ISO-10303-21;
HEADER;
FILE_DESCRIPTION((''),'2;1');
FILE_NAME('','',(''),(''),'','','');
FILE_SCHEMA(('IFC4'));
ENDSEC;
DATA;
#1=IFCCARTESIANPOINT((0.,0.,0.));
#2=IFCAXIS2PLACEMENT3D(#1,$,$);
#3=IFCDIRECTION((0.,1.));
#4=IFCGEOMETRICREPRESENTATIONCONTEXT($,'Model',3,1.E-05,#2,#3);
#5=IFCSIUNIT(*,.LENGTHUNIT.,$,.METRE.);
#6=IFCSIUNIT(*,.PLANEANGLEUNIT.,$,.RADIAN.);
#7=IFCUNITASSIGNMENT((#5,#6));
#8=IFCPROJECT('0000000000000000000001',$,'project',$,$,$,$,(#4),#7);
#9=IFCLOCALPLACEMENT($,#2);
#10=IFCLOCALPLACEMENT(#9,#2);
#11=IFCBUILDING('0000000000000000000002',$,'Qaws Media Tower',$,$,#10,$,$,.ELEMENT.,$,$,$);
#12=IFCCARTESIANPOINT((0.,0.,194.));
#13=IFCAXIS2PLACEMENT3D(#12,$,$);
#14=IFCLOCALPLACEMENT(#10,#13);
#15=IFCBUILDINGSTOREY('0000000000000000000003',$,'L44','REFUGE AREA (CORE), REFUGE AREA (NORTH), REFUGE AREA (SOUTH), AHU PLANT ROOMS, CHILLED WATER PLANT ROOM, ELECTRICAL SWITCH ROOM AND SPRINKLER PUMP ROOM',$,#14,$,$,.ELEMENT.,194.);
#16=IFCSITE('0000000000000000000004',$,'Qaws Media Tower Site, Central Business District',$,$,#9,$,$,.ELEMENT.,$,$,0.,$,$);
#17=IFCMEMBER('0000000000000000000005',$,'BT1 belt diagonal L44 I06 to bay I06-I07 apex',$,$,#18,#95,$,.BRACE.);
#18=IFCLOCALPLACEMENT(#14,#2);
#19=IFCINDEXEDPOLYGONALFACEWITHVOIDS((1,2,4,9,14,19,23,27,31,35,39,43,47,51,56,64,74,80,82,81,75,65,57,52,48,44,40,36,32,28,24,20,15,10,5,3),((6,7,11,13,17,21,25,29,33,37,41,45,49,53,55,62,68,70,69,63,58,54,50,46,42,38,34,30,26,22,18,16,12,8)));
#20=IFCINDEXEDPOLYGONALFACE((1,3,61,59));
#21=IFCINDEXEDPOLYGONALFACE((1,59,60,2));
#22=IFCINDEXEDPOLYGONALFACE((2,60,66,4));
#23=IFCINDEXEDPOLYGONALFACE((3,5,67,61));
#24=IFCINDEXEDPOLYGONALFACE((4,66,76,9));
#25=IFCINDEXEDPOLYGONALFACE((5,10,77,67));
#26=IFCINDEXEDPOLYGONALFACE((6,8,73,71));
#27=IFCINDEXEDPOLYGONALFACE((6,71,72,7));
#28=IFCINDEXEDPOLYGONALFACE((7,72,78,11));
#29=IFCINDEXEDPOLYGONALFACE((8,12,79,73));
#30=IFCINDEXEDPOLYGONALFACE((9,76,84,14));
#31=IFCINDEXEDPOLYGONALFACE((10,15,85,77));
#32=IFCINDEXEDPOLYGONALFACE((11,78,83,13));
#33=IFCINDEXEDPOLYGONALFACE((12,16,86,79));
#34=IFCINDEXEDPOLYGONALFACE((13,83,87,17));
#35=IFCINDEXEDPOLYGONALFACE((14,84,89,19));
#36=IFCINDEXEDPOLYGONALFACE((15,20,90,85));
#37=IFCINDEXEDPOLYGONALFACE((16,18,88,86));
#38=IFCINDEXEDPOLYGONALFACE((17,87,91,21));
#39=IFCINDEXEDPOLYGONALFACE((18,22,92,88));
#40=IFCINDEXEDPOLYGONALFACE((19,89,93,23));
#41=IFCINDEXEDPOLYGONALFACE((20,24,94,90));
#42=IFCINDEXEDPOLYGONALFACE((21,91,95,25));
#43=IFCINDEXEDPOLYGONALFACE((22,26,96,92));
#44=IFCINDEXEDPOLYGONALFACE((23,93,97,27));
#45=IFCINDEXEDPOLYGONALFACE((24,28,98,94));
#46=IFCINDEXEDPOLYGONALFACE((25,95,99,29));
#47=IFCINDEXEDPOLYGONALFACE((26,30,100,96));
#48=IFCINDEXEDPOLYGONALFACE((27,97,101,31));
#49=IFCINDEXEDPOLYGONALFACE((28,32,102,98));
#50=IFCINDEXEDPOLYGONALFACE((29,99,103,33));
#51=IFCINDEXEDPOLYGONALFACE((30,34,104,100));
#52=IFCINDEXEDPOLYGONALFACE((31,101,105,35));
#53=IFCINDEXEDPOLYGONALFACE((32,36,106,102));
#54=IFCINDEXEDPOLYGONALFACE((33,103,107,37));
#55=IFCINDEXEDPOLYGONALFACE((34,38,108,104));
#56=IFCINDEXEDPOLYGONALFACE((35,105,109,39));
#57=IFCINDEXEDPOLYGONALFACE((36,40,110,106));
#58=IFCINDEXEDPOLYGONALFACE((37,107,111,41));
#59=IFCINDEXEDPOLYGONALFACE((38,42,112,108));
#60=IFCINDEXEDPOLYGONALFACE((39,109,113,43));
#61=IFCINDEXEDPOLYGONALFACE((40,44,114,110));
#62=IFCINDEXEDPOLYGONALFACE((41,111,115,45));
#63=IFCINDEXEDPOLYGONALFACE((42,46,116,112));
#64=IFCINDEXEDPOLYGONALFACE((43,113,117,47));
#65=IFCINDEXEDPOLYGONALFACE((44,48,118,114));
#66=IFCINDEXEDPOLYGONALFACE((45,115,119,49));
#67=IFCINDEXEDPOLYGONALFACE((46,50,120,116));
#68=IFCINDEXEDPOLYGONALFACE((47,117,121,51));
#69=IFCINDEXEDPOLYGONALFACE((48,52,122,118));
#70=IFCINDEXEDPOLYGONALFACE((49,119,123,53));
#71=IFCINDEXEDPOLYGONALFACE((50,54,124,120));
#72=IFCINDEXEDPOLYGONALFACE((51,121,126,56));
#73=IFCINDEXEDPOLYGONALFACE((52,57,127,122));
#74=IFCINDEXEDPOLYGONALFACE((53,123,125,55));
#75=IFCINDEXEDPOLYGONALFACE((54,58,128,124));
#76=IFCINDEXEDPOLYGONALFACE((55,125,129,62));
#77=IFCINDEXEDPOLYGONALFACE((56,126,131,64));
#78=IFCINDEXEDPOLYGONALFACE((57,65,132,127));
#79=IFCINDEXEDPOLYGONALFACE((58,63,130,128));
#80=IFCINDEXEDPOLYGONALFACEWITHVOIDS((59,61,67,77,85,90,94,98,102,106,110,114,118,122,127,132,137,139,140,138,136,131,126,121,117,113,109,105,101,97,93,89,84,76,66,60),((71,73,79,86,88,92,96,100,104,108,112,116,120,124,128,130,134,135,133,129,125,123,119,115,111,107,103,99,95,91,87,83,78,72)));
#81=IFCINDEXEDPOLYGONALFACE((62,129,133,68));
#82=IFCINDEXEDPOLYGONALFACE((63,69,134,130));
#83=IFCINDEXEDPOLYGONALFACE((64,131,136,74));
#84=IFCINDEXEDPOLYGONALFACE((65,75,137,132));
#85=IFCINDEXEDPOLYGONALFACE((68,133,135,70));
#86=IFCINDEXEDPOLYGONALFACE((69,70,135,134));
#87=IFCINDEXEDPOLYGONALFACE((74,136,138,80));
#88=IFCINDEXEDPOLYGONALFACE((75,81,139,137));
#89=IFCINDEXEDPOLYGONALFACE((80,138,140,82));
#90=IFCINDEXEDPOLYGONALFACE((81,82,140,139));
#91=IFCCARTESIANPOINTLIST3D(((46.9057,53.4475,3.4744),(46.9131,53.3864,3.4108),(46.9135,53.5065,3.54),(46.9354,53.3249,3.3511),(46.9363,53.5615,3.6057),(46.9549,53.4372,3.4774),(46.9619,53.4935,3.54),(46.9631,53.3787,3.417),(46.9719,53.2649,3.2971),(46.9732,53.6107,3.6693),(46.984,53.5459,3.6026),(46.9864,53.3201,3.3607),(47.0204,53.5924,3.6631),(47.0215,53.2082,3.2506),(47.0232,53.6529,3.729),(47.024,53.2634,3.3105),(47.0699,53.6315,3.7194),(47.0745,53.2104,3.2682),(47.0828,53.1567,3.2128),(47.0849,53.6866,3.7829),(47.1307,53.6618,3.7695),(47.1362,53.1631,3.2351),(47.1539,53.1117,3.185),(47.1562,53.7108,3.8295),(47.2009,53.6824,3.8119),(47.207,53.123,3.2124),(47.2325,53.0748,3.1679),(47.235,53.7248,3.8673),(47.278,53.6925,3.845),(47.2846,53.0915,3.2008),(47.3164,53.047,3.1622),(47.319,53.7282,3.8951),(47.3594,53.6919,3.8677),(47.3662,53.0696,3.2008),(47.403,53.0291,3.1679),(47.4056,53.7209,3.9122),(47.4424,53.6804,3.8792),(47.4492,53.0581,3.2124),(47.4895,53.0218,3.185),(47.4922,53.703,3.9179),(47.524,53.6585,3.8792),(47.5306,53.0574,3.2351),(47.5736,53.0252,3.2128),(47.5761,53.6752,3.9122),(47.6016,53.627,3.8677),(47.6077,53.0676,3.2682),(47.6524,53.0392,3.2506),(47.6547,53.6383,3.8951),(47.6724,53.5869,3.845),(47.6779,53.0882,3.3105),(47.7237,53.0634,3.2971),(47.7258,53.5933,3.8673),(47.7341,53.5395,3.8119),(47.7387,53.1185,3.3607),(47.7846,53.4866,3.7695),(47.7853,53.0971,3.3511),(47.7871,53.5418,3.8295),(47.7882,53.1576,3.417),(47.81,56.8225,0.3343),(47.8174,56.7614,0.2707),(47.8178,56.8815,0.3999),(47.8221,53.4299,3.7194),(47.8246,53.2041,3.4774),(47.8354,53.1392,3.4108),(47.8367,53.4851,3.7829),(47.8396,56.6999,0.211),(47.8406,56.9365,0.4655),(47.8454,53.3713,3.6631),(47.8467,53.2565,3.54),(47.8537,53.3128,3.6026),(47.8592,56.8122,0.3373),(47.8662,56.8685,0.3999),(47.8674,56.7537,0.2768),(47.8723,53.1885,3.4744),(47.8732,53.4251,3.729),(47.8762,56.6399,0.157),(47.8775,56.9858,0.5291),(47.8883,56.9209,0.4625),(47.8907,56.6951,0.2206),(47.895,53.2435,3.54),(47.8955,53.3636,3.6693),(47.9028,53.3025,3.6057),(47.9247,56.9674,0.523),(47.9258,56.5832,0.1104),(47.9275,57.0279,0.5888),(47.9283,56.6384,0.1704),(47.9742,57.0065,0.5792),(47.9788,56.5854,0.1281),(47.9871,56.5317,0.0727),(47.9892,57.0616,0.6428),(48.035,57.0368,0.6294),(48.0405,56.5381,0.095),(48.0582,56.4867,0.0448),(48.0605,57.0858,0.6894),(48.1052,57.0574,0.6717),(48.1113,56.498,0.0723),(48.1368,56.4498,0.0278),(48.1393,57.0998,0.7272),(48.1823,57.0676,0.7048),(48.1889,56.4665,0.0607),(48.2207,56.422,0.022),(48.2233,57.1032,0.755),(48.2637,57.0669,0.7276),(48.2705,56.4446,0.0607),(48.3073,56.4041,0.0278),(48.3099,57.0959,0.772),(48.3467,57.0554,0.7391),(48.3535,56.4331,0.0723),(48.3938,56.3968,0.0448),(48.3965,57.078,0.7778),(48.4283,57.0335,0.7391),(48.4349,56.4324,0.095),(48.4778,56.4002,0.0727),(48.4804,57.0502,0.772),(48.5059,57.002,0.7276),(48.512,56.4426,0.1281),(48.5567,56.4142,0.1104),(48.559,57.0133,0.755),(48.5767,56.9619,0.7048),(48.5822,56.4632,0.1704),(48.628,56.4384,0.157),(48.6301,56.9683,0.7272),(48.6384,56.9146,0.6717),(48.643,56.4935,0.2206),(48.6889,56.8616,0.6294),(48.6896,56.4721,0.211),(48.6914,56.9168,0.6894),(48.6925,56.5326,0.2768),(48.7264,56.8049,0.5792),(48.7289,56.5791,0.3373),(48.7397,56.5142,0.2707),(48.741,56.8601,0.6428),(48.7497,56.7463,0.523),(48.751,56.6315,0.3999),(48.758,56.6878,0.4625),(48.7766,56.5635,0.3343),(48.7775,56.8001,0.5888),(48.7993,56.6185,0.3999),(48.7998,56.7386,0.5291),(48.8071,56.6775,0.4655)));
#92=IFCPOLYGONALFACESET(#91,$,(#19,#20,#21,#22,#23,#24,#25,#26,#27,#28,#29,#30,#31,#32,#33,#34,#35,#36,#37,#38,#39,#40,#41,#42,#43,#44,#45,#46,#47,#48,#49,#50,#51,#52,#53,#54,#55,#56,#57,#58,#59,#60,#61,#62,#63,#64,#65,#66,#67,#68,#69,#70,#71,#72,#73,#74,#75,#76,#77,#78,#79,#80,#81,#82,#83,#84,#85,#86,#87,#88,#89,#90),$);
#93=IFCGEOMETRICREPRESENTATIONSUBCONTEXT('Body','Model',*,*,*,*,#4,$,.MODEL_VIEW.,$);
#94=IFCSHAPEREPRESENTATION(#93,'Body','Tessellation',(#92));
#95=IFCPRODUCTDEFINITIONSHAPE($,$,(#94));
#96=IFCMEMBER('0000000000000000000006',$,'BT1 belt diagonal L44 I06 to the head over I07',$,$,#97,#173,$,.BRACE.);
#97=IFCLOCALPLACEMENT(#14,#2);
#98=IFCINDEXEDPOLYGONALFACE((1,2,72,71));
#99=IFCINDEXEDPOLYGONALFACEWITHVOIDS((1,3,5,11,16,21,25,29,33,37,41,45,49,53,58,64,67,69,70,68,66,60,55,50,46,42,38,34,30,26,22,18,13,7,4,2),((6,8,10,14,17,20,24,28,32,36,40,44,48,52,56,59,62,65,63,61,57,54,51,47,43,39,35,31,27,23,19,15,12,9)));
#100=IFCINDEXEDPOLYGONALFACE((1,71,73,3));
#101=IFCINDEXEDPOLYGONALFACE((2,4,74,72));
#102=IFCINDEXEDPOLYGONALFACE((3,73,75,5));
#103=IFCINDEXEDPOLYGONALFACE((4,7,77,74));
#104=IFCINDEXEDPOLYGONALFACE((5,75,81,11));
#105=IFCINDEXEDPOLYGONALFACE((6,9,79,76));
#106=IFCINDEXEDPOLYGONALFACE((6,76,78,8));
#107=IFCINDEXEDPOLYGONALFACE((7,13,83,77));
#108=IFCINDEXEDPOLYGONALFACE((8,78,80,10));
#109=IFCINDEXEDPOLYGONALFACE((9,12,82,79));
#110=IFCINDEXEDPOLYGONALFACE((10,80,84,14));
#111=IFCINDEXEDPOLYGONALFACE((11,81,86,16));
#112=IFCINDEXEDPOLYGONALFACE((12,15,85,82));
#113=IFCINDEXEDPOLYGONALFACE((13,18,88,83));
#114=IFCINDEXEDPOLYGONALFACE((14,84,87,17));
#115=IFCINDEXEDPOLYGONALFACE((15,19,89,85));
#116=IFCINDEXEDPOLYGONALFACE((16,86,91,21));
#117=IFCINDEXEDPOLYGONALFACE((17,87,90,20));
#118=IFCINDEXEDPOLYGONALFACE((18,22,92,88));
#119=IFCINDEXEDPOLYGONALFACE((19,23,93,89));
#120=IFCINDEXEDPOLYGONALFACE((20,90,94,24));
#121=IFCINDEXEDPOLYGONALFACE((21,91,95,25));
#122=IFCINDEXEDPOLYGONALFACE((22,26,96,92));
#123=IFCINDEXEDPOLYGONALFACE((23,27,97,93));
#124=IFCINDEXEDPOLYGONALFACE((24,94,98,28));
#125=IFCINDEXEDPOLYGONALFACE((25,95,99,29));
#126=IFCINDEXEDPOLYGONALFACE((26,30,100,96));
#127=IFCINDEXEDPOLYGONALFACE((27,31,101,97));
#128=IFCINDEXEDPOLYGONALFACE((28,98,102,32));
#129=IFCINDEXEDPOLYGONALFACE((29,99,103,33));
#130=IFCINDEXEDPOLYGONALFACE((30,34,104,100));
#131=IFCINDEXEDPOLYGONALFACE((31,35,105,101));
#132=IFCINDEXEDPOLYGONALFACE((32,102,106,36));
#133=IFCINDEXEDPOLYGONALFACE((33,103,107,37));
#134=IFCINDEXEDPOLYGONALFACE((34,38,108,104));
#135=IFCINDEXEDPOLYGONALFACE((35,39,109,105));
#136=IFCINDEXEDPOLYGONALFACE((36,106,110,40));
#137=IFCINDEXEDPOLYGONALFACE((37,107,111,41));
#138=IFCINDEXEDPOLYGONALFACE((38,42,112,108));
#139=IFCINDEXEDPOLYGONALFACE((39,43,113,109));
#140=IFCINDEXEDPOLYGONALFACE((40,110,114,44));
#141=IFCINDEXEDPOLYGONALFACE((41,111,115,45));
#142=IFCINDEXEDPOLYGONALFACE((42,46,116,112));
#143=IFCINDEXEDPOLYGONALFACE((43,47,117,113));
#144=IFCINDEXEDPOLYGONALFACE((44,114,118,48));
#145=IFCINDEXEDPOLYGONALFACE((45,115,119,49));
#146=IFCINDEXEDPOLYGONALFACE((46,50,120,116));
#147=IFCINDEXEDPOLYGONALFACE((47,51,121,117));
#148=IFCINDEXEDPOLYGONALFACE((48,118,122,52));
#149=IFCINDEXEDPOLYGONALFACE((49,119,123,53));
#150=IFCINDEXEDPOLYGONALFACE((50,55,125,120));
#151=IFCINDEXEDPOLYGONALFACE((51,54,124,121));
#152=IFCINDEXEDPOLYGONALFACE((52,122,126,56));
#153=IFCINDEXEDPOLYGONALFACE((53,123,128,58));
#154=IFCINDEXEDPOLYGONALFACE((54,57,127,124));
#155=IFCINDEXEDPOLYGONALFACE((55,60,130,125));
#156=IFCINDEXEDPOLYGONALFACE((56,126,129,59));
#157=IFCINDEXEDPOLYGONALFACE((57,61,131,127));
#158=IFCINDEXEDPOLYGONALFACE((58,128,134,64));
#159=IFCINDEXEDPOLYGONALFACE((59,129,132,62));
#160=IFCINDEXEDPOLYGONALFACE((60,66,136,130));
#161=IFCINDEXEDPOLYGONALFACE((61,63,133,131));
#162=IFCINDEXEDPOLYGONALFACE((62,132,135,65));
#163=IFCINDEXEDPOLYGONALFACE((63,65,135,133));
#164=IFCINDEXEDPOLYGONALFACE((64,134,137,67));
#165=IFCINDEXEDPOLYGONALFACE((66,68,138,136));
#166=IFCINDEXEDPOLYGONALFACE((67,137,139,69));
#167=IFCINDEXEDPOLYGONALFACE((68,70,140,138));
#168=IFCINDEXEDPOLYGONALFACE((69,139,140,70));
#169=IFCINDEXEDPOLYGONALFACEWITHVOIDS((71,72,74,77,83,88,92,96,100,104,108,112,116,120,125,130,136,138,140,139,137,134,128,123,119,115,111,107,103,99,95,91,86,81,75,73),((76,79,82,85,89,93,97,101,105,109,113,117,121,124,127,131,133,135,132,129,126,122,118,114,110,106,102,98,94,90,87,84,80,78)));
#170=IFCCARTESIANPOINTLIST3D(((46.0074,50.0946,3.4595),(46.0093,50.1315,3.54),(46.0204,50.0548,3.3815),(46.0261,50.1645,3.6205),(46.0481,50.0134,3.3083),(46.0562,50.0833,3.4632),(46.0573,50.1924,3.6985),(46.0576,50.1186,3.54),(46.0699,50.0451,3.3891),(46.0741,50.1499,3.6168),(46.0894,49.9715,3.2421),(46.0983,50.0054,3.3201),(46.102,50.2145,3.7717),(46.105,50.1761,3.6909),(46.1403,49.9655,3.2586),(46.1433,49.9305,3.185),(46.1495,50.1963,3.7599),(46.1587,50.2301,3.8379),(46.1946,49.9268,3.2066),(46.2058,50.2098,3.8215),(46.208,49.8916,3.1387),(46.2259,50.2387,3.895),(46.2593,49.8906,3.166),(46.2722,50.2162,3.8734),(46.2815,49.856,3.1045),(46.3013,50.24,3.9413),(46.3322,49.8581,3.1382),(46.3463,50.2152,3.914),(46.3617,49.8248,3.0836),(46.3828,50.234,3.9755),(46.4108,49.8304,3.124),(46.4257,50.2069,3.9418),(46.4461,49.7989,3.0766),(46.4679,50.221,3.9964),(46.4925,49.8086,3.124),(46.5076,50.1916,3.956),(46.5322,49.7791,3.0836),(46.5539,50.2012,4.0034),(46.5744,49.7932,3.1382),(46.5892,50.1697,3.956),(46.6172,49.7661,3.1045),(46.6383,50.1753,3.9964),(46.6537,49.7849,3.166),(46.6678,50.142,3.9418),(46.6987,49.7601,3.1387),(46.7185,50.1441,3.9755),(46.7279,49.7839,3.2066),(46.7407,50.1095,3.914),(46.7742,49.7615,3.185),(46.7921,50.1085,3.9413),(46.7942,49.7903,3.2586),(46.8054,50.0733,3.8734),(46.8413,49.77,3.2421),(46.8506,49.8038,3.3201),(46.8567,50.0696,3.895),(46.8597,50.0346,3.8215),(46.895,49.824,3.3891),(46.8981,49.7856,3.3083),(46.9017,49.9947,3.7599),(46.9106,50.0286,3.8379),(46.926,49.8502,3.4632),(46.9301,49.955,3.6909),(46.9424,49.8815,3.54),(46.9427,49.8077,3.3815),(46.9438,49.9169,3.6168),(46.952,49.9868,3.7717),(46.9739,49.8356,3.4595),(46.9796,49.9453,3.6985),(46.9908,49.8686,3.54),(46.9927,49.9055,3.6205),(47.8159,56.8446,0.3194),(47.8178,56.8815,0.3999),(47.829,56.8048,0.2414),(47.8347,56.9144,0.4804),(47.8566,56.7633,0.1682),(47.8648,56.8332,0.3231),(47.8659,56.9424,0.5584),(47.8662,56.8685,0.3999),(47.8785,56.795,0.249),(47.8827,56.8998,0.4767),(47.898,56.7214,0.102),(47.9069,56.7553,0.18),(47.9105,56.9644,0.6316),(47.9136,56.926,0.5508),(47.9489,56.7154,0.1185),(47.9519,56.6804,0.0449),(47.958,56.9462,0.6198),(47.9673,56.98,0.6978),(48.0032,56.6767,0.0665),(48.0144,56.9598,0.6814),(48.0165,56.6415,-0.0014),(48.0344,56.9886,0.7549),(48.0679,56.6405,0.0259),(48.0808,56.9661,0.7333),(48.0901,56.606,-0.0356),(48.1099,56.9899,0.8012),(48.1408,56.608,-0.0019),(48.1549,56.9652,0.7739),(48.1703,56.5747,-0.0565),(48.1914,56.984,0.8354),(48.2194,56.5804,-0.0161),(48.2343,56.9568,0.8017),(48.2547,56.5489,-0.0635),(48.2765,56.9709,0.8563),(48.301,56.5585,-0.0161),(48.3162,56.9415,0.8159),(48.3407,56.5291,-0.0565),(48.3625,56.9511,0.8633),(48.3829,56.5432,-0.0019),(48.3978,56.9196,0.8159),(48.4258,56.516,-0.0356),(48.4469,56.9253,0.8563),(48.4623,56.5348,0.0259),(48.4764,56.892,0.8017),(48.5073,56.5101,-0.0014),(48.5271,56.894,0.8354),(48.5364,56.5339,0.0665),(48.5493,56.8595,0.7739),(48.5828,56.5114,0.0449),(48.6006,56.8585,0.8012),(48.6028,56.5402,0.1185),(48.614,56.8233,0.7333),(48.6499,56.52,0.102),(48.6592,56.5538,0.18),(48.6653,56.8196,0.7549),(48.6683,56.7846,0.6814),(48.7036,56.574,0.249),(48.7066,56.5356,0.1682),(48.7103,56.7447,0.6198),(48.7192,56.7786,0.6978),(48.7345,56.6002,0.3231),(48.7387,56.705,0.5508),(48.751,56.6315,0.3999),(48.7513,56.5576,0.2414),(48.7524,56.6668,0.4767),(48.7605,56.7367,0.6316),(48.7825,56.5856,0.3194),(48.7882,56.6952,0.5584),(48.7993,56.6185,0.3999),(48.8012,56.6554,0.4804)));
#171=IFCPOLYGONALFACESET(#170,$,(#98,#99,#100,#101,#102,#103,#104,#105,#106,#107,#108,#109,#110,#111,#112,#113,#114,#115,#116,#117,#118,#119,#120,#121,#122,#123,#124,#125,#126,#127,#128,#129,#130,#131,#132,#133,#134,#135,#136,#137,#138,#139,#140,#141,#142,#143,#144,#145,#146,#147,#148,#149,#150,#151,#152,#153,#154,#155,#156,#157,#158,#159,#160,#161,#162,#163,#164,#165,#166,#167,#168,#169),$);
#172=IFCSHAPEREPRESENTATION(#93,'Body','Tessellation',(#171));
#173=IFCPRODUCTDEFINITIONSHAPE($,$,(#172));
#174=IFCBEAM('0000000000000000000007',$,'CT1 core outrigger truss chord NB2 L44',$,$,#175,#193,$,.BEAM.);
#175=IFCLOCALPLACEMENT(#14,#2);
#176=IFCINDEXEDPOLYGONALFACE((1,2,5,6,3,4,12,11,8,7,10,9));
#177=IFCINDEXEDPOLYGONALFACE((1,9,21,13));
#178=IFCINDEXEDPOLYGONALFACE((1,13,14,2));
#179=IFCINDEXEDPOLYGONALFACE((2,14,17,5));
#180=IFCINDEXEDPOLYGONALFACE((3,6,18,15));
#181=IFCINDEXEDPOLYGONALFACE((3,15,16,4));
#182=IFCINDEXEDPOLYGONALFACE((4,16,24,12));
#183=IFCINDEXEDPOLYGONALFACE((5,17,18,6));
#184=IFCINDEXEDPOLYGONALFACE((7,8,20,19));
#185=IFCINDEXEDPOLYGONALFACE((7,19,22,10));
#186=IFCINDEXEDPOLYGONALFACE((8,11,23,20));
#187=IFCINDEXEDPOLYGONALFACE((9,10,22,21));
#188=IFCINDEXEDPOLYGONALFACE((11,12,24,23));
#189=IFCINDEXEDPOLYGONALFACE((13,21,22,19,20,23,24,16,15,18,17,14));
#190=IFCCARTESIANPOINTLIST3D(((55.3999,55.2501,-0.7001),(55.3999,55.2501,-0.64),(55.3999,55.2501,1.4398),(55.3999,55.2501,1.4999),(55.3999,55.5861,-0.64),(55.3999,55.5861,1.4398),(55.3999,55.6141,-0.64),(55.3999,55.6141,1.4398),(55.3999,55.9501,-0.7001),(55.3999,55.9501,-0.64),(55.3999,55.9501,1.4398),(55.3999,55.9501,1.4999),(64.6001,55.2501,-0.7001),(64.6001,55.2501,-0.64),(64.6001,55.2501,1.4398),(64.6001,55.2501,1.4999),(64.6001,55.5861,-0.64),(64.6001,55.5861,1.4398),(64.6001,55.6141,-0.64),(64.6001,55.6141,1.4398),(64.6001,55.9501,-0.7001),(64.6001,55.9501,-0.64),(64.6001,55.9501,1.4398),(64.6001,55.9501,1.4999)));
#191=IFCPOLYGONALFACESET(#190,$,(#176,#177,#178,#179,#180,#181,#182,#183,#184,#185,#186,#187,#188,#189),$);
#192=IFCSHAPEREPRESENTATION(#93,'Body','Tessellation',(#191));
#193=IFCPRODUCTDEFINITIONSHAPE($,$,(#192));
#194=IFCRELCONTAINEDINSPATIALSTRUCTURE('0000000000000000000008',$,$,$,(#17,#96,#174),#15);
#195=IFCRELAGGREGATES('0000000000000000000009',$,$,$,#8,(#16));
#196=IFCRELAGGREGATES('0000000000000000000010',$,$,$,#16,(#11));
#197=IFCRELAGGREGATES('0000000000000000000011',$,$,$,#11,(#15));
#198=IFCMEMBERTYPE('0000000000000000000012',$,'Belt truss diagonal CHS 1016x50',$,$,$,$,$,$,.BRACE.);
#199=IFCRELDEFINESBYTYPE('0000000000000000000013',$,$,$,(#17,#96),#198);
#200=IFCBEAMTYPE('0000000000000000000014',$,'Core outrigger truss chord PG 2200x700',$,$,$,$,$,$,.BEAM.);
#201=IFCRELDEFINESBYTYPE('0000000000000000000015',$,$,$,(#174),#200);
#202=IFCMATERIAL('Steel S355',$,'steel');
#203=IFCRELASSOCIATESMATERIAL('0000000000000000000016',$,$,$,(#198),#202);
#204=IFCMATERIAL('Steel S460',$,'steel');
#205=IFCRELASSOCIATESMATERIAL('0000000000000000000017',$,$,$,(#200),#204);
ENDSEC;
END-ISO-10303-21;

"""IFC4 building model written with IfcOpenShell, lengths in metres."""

from ifc_helpers import new_model, si_unit, direction, frame, origin, origin_2d, place, context, subcontext, project, spatial, hollow_circle, i_section, extrude, material, material_profile, profile_set, type_object, element, save


model = new_model("IFC4")

# Units and contexts
model_context = context("Model", 3, precision=1e-05, world=origin(), true_north=direction((0.0, 1.0)))
body_context = subcontext(model_context, "Body", "Model", "MODEL_VIEW")
ifc_project = project(units=[si_unit("LENGTHUNIT", "METRE"), si_unit("PLANEANGLEUNIT", "RADIAN")], contexts=[model_context])

# Site, building, storey
site_placement = place(None, origin())
site = spatial("IfcSite", under=ifc_project, at=site_placement, Name="Qaws Media Tower Site, Central Business District", CompositionType="ELEMENT", RefElevation=0.0)
building_placement = place(site_placement, origin())
building = spatial("IfcBuilding", under=site, at=building_placement, Name="Qaws Media Tower", CompositionType="ELEMENT")
storey_placement = place(building_placement, frame((0.0, 0.0, 194.0)))
storey = spatial("IfcBuildingStorey", under=building, at=storey_placement, Name="L44", Description="REFUGE AREA (CORE), REFUGE AREA (NORTH), REFUGE AREA (SOUTH), AHU PLANT ROOMS, CHILLED WATER PLANT ROOM, ELECTRICAL SWITCH ROOM AND SPRINKLER PUMP ROOM", CompositionType="ELEMENT", Elevation=194.0)

# Members
ifc_material_1 = material(Name="Steel S355", Category="steel")
ifc_material_profile_1 = material_profile(ifc_material_1, hollow_circle(Radius=0.5081, WallThickness=0.05, at=origin_2d()), Name="CHS 1016x50")
ifc_profile_set_1 = profile_set([ifc_material_profile_1], Name="Steel S355")
member_type_1 = type_object("IfcMemberType", Name="Belt truss diagonal CHS 1016x50", PredefinedType="BRACE", material=ifc_profile_set_1)
for number, where, z_axis, x_axis, name in (
    (1, (48.3086, 56.75, 0.3999), (-0.192496, -0.718429, 0.668434), (0.965928, -0.258811, 0.0), "BT1 belt diagonal L44 I06 to bay I06-I07 apex"),
):
    element("IfcMember", number, at=place(storey_placement, frame(where, z_axis=z_axis, x_axis=x_axis)), inside=storey, type_object=member_type_1, Name=name, PredefinedType="BRACE", context=body_context, shape_type="SweptSolid", body=[
        extrude(hollow_circle(Radius=0.5081, WallThickness=0.05, at=origin_2d()), origin(), (0.0, 0.0, 1.0), 4.6978),
    ])
member_placement = place(storey_placement, frame((48.3086, 56.75, 0.3999), z_axis=(-0.236072, -0.881063, 0.409875), x_axis=(0.965928, -0.258811, 0.0)))
element("IfcMember", 2, at=member_placement, inside=storey, type_object=member_type_1, Name="BT1 belt diagonal L44 I06 to the head over I07", PredefinedType="BRACE", context=body_context, shape_type="SweptSolid", body=[
    extrude(hollow_circle(Radius=0.5081, WallThickness=0.05, at=origin_2d()), origin(), (0.0, 0.0, 1.0), 7.6611),
])

# Beam
ifc_material_2 = material(Name="Steel S460", Category="steel")
ifc_material_profile_2 = material_profile(ifc_material_2, i_section(OverallWidth=0.7, OverallDepth=2.2, WebThickness=0.0281, FlangeThickness=0.0601, at=origin_2d()), Name="PG 2200x700")
ifc_profile_set_2 = profile_set([ifc_material_profile_2], Name="Steel S460")
beam_type_1 = type_object("IfcBeamType", Name="Core outrigger truss chord PG 2200x700", PredefinedType="BEAM", material=ifc_profile_set_2)
for number, where, z_axis, x_axis, name in (
    (3, (55.3999, 55.6001, 0.3999), (1.0, 0.0, 0.0), (0.0, 1.0, 0.0), "CT1 core outrigger truss chord NB2 L44"),
):
    element("IfcBeam", number, at=place(storey_placement, frame(where, z_axis=z_axis, x_axis=x_axis)), inside=storey, type_object=beam_type_1, Name=name, PredefinedType="BEAM", context=body_context, shape_type="SweptSolid", body=[
        extrude(i_section(OverallWidth=0.7, OverallDepth=2.2, WebThickness=0.0281, FlangeThickness=0.0601, at=origin_2d()), origin(), (0.0, 0.0, 1.0), 9.2002),
    ])

save(model, "model.ifc")
